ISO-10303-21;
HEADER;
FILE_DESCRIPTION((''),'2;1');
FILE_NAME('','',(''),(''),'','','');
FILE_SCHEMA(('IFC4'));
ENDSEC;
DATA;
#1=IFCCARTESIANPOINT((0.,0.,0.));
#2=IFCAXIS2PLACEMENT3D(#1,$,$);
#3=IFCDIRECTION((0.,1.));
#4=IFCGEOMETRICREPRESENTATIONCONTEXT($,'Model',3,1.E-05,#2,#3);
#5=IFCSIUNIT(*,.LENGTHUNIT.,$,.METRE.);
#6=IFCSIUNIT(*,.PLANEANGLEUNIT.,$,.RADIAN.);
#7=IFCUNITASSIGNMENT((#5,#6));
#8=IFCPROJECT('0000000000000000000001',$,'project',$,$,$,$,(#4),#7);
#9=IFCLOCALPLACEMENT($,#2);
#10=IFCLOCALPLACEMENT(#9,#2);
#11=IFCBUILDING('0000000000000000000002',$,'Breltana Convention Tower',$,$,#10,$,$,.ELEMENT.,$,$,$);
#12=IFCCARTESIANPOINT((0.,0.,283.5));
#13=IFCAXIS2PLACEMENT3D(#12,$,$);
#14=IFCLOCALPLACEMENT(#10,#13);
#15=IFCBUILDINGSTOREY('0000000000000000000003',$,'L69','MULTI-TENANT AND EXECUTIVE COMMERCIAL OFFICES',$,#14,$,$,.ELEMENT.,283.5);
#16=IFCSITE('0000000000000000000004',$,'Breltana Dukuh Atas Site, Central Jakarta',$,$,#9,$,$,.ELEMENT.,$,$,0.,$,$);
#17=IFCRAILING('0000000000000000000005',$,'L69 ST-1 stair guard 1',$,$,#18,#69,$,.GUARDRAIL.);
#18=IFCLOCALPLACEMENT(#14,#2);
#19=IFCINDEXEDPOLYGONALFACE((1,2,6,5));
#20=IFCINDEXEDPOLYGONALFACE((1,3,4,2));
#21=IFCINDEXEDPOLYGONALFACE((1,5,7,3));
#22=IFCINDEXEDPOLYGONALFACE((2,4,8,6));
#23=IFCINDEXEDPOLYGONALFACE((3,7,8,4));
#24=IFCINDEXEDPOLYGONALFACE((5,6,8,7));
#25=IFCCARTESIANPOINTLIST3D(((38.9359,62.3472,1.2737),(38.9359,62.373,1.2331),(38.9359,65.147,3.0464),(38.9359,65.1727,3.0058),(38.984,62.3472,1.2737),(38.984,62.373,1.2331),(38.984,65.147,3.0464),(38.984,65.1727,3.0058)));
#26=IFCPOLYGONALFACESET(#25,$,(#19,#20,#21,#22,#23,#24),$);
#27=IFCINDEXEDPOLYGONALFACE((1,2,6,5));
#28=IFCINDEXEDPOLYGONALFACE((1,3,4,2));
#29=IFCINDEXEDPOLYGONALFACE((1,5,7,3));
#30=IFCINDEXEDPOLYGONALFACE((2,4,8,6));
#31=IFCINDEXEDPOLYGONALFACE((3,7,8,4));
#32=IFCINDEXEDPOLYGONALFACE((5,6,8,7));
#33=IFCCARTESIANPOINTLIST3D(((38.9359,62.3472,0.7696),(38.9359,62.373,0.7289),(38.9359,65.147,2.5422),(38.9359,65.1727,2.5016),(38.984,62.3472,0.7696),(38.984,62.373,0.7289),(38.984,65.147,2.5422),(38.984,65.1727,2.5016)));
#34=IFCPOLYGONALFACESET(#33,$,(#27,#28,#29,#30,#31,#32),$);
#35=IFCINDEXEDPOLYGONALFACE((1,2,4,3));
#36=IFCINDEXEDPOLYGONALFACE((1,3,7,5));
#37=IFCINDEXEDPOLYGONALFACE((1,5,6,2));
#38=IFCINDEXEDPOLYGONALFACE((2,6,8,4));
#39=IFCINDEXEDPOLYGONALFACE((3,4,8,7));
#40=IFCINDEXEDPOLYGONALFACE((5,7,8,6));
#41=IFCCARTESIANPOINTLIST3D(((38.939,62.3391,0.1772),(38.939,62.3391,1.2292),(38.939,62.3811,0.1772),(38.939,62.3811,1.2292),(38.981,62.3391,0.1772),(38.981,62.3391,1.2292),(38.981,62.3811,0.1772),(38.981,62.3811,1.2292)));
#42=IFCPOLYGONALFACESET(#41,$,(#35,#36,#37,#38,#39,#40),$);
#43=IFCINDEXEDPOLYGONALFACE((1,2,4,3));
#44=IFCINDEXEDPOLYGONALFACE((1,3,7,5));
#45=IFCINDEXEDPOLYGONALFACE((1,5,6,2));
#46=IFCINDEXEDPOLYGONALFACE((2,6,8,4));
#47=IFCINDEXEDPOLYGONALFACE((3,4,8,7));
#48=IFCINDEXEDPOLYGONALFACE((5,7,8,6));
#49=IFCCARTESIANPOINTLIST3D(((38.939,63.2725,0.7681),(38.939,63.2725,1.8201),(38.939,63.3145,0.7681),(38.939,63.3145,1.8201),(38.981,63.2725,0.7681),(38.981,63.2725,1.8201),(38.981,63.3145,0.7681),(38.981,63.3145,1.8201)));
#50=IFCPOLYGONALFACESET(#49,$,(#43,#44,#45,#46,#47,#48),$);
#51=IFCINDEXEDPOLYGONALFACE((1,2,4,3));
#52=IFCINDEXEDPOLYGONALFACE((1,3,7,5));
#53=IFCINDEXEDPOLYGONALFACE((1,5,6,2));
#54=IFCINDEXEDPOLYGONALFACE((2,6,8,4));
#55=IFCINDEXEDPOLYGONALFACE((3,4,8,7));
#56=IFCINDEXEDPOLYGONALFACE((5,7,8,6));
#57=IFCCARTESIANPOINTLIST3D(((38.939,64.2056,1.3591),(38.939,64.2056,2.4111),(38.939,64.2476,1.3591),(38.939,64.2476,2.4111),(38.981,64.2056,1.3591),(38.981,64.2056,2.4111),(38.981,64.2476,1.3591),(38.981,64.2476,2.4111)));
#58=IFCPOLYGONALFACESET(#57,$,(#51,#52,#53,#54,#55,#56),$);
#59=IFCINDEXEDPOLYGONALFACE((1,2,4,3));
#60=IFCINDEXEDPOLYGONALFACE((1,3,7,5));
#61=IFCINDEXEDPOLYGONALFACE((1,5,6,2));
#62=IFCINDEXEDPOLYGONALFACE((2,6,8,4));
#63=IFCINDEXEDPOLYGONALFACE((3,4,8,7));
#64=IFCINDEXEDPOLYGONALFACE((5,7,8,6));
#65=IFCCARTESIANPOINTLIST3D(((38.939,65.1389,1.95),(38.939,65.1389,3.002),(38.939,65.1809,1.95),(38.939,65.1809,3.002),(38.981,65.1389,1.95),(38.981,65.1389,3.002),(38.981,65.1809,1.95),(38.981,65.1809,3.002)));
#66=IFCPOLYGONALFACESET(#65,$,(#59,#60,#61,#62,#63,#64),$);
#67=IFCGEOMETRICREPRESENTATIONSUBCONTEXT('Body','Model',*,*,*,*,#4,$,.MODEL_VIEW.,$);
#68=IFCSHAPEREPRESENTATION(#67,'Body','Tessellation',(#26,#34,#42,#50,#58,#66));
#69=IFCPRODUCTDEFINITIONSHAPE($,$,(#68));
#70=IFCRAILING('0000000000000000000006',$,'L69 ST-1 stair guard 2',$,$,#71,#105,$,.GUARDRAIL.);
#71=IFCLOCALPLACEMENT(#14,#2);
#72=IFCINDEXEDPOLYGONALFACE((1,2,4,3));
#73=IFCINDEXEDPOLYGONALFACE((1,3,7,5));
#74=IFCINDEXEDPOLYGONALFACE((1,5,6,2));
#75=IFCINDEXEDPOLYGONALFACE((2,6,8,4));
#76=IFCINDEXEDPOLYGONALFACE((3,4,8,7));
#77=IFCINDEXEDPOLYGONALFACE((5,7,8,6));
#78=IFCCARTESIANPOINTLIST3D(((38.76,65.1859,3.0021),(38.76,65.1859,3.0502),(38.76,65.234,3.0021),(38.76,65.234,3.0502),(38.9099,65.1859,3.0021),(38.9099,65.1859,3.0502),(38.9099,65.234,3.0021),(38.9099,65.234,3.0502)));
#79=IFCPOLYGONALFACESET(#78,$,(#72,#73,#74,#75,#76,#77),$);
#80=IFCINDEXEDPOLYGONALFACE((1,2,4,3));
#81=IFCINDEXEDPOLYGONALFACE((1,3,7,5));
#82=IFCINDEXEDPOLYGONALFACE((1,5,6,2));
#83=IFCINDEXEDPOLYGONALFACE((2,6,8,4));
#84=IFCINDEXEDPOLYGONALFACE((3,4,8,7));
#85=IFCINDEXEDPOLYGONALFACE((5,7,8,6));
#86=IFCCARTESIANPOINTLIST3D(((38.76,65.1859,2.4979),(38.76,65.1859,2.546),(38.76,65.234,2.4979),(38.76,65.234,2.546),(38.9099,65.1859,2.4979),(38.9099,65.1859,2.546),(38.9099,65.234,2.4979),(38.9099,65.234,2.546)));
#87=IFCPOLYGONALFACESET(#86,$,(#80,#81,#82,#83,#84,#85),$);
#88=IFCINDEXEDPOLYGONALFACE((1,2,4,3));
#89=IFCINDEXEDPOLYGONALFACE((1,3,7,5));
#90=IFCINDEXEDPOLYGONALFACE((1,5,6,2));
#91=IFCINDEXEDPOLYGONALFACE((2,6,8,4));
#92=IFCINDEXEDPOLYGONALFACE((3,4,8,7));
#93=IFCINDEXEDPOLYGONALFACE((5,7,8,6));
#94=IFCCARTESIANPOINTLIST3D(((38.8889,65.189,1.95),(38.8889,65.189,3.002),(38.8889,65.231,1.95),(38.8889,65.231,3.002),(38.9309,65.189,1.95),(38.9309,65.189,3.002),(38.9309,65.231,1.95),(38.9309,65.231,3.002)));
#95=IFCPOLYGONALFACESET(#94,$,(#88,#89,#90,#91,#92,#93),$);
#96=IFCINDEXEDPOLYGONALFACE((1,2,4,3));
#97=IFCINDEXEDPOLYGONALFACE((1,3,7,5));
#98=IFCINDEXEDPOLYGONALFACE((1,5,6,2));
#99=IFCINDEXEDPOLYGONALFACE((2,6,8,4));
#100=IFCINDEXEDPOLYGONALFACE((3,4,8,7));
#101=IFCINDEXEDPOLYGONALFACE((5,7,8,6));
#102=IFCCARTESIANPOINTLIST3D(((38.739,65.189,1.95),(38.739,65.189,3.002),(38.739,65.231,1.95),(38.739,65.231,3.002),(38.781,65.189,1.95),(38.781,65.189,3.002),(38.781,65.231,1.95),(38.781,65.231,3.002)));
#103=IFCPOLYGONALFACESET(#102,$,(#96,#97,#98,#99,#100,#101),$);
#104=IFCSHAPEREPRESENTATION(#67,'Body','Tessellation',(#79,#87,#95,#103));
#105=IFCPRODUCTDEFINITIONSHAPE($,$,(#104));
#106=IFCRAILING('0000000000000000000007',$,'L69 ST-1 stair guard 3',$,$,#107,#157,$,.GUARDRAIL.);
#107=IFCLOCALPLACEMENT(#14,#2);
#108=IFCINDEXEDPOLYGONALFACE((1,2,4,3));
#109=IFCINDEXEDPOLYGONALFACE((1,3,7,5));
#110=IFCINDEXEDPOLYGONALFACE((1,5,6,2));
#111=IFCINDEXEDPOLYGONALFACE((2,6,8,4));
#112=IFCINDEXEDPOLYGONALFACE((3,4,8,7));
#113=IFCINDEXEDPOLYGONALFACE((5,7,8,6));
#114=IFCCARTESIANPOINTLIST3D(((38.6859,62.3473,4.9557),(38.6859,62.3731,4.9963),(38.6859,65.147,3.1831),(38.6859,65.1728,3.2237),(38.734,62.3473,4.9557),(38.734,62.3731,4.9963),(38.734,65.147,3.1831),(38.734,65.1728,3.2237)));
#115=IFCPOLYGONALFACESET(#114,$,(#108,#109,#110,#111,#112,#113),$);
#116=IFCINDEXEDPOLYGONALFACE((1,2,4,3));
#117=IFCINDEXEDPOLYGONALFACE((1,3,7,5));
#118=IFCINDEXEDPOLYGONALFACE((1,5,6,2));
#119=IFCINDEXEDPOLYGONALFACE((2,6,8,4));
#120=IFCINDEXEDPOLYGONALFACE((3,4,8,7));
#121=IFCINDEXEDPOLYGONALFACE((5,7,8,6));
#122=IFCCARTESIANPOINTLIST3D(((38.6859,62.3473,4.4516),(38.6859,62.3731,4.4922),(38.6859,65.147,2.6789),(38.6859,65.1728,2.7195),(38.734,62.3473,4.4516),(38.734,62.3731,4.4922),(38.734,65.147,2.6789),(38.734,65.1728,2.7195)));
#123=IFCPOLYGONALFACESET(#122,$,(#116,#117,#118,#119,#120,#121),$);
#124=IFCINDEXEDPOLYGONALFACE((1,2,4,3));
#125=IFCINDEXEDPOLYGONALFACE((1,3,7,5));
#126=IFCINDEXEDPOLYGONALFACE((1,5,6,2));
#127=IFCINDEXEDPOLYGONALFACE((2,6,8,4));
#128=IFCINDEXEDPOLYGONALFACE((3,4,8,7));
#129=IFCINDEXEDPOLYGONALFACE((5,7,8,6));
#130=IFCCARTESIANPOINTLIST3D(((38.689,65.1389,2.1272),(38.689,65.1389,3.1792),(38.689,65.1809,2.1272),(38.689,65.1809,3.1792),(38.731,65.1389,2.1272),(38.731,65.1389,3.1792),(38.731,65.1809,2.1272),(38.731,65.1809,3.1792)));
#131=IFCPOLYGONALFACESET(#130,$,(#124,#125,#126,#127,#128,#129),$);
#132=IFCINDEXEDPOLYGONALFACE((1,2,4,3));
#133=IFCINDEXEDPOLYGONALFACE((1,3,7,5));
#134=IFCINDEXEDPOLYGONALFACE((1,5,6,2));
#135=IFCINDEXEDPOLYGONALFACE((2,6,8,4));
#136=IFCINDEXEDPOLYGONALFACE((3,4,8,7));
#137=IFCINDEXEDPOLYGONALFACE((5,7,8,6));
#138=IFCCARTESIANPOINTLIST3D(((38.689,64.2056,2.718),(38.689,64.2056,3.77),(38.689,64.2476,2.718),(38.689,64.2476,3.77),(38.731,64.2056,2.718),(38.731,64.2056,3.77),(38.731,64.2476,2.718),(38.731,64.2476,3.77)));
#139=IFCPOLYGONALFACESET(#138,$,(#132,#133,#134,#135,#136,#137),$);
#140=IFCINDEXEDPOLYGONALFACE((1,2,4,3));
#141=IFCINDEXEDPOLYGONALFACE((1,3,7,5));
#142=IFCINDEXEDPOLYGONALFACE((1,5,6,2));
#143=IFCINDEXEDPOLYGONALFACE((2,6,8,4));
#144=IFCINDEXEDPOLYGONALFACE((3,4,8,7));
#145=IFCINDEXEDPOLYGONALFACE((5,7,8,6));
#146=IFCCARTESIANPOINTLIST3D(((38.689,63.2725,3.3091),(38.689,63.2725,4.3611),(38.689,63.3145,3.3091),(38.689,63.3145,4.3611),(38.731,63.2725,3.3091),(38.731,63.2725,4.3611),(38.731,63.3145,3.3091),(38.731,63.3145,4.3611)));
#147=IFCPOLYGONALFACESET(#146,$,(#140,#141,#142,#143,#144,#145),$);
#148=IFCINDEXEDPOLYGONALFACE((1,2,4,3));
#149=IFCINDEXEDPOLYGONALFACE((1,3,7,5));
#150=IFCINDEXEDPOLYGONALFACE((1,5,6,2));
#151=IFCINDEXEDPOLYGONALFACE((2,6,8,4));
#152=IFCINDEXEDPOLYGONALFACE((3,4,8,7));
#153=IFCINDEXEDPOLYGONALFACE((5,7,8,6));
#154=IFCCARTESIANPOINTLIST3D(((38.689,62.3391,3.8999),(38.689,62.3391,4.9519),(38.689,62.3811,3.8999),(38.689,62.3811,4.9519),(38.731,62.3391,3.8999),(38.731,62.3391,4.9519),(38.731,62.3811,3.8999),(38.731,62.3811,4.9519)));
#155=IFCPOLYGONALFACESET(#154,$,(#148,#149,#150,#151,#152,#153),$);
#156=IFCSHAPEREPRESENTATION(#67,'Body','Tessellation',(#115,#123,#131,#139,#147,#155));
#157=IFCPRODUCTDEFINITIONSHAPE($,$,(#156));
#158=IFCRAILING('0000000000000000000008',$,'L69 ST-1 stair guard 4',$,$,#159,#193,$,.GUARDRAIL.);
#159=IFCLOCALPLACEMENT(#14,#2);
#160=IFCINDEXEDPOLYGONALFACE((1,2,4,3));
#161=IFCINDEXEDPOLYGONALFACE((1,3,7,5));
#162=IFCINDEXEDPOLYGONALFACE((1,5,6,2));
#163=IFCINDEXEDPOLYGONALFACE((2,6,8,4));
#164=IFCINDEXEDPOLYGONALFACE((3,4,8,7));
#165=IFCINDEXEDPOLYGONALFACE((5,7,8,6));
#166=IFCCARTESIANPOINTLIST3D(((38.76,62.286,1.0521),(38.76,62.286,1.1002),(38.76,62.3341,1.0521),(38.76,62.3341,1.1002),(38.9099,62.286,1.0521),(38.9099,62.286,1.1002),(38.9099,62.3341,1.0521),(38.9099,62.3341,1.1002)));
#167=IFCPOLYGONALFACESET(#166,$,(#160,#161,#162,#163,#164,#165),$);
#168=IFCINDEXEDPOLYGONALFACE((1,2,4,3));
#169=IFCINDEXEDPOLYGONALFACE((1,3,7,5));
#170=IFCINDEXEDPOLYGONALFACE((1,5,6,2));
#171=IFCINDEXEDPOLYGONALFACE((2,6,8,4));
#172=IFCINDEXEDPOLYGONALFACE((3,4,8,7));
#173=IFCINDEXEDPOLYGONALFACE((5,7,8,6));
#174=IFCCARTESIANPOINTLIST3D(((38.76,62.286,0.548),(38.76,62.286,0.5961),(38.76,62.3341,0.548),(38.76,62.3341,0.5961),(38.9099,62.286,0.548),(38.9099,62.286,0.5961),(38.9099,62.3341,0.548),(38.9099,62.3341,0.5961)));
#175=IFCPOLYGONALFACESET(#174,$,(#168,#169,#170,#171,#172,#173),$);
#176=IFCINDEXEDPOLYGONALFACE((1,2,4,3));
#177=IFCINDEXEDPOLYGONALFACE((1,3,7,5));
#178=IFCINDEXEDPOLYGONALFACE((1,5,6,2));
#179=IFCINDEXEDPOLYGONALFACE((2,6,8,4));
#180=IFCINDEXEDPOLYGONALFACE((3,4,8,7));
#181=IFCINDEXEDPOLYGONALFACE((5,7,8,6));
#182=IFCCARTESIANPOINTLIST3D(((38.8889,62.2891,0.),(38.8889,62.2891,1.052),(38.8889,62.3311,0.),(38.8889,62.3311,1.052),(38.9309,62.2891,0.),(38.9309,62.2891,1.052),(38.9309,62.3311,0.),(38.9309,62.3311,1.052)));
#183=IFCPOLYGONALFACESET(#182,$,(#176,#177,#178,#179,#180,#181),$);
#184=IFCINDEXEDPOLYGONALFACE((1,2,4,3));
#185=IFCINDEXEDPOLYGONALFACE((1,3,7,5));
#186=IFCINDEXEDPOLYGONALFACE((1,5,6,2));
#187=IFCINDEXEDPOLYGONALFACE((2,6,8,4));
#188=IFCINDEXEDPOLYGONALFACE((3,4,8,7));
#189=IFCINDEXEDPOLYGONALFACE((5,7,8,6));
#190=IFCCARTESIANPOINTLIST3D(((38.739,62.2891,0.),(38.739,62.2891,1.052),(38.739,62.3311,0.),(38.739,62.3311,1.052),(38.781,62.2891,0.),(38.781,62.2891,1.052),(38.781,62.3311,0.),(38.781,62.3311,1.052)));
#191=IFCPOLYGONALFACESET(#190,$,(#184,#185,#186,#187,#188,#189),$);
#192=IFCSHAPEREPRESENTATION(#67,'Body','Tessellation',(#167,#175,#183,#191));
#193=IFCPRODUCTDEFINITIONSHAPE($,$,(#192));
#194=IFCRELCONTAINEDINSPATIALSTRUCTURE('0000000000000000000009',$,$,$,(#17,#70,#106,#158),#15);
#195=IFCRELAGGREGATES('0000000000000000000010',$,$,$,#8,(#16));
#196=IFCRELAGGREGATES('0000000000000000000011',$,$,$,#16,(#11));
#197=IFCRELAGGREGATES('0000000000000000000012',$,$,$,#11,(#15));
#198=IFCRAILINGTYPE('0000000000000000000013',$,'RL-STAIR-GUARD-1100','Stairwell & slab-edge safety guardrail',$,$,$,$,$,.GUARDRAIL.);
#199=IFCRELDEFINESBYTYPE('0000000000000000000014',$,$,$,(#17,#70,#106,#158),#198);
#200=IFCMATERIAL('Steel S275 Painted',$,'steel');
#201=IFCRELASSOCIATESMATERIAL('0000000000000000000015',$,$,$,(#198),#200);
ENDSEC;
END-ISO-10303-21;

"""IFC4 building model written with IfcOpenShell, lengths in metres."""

from ifc_helpers import new_model, si_unit, direction, frame, origin, origin_2d, place, context, subcontext, project, spatial, rectangle, extrude, material, type_object, element, save


model = new_model("IFC4")

# Units and contexts
model_context = context("Model", 3, precision=1e-05, world=origin(), true_north=direction((0.0, 1.0)))
body_context = subcontext(model_context, "Body", "Model", "MODEL_VIEW")
ifc_project = project(units=[si_unit("LENGTHUNIT", "METRE"), si_unit("PLANEANGLEUNIT", "RADIAN")], contexts=[model_context])

# Site, building, storey
site_placement = place(None, origin())
site = spatial("IfcSite", under=ifc_project, at=site_placement, Name="Breltana Dukuh Atas Site, Central Jakarta", CompositionType="ELEMENT", RefElevation=0.0)
building_placement = place(site_placement, origin())
building = spatial("IfcBuilding", under=site, at=building_placement, Name="Breltana Convention Tower", CompositionType="ELEMENT")
storey_placement = place(building_placement, frame((0.0, 0.0, 283.5)))
storey = spatial("IfcBuildingStorey", under=building, at=storey_placement, Name="L69", Description="MULTI-TENANT AND EXECUTIVE COMMERCIAL OFFICES", CompositionType="ELEMENT", Elevation=283.5)

# Railings
ifc_material_1 = material(Name="Steel S275 Painted", Category="steel")
railing_type_1 = type_object("IfcRailingType", Name="RL-STAIR-GUARD-1100", Description="Stairwell & slab-edge safety guardrail", PredefinedType="GUARDRAIL", material=ifc_material_1)
railing_1_placement = place(storey_placement, frame((38.96, 62.3601, 0.1772)))
element("IfcRailing", 1, at=railing_1_placement, inside=storey, type_object=railing_type_1, Name="L69 ST-1 stair guard 1", PredefinedType="GUARDRAIL", context=body_context, shape_type="SweptSolid", body=[
    extrude(rectangle(XDim=0.0481, YDim=0.0481, at=origin_2d()), frame((0.0, 0.0, 1.0762), z_axis=(0.0, 0.844888, 0.534943), x_axis=(-1.0, 0.0, 0.0)), (0.0, 0.0, 1.0), 3.3137),
    extrude(rectangle(XDim=0.0481, YDim=0.0481, at=origin_2d()), frame((0.0, 0.0, 0.572), z_axis=(0.0, 0.844888, 0.534943), x_axis=(-1.0, 0.0, 0.0)), (0.0, 0.0, 1.0), 3.3137),
    extrude(rectangle(XDim=0.042, YDim=0.042, at=origin_2d()), origin(), (0.0, 0.0, 1.0), 1.052),
    extrude(rectangle(XDim=0.042, YDim=0.042, at=origin_2d()), frame((0.0, 0.9333, 0.5908)), (0.0, 0.0, 1.0), 1.052),
    extrude(rectangle(XDim=0.042, YDim=0.042, at=origin_2d()), frame((0.0, 1.8665, 1.1819)), (0.0, 0.0, 1.0), 1.052),
    extrude(rectangle(XDim=0.042, YDim=0.042, at=origin_2d()), frame((0.0, 2.7998, 1.7727)), (0.0, 0.0, 1.0), 1.052),
])
railing_2_placement = place(storey_placement, frame((38.9099, 65.21, 1.95)))
element("IfcRailing", 2, at=railing_2_placement, inside=storey, type_object=railing_type_1, Name="L69 ST-1 stair guard 2", PredefinedType="GUARDRAIL", context=body_context, shape_type="SweptSolid", body=[
    extrude(rectangle(XDim=0.0481, YDim=0.0481, at=origin_2d()), frame((0.0, 0.0, 1.0762), z_axis=(-1.0, 0.0, 0.0), x_axis=(0.0, -1.0, 0.0)), (0.0, 0.0, 1.0), 0.1499),
    extrude(rectangle(XDim=0.0481, YDim=0.0481, at=origin_2d()), frame((0.0, 0.0, 0.572), z_axis=(-1.0, 0.0, 0.0), x_axis=(0.0, -1.0, 0.0)), (0.0, 0.0, 1.0), 0.1499),
    extrude(rectangle(XDim=0.042, YDim=0.042, at=origin_2d()), origin(), (0.0, 0.0, 1.0), 1.052),
    extrude(rectangle(XDim=0.042, YDim=0.042, at=origin_2d()), frame((-0.1499, 0.0, 0.0)), (0.0, 0.0, 1.0), 1.052),
])
railing_3_placement = place(storey_placement, frame((38.71, 65.1599, 2.1272)))
element("IfcRailing", 3, at=railing_3_placement, inside=storey, type_object=railing_type_1, Name="L69 ST-1 stair guard 3", PredefinedType="GUARDRAIL", context=body_context, shape_type="SweptSolid", body=[
    extrude(rectangle(XDim=0.0481, YDim=0.0481, at=origin_2d()), frame((0.0, 0.0, 1.0762), z_axis=(0.0, -0.844888, 0.534943), x_axis=(1.0, 0.0, 0.0)), (0.0, 0.0, 1.0), 3.3137),
    extrude(rectangle(XDim=0.0481, YDim=0.0481, at=origin_2d()), frame((0.0, 0.0, 0.572), z_axis=(0.0, -0.844888, 0.534943), x_axis=(1.0, 0.0, 0.0)), (0.0, 0.0, 1.0), 3.3137),
    extrude(rectangle(XDim=0.042, YDim=0.042, at=origin_2d()), origin(), (0.0, 0.0, 1.0), 1.052),
    extrude(rectangle(XDim=0.042, YDim=0.042, at=origin_2d()), frame((0.0, -0.9333, 0.5908)), (0.0, 0.0, 1.0), 1.052),
    extrude(rectangle(XDim=0.042, YDim=0.042, at=origin_2d()), frame((0.0, -1.8665, 1.1819)), (0.0, 0.0, 1.0), 1.052),
    extrude(rectangle(XDim=0.042, YDim=0.042, at=origin_2d()), frame((0.0, -2.7998, 1.7727)), (0.0, 0.0, 1.0), 1.052),
])
railing_4_placement = place(storey_placement, frame((38.9099, 62.3101, 0.0)))
element("IfcRailing", 4, at=railing_4_placement, inside=storey, type_object=railing_type_1, Name="L69 ST-1 stair guard 4", PredefinedType="GUARDRAIL", context=body_context, shape_type="SweptSolid", body=[
    extrude(rectangle(XDim=0.0481, YDim=0.0481, at=origin_2d()), frame((0.0, 0.0, 1.0762), z_axis=(-1.0, 0.0, 0.0), x_axis=(0.0, -1.0, 0.0)), (0.0, 0.0, 1.0), 0.1499),
    extrude(rectangle(XDim=0.0481, YDim=0.0481, at=origin_2d()), frame((0.0, 0.0, 0.572), z_axis=(-1.0, 0.0, 0.0), x_axis=(0.0, -1.0, 0.0)), (0.0, 0.0, 1.0), 0.1499),
    extrude(rectangle(XDim=0.042, YDim=0.042, at=origin_2d()), origin(), (0.0, 0.0, 1.0), 1.052),
    extrude(rectangle(XDim=0.042, YDim=0.042, at=origin_2d()), frame((-0.1499, 0.0, 0.0)), (0.0, 0.0, 1.0), 1.052),
])

save(model, "model.ifc")
